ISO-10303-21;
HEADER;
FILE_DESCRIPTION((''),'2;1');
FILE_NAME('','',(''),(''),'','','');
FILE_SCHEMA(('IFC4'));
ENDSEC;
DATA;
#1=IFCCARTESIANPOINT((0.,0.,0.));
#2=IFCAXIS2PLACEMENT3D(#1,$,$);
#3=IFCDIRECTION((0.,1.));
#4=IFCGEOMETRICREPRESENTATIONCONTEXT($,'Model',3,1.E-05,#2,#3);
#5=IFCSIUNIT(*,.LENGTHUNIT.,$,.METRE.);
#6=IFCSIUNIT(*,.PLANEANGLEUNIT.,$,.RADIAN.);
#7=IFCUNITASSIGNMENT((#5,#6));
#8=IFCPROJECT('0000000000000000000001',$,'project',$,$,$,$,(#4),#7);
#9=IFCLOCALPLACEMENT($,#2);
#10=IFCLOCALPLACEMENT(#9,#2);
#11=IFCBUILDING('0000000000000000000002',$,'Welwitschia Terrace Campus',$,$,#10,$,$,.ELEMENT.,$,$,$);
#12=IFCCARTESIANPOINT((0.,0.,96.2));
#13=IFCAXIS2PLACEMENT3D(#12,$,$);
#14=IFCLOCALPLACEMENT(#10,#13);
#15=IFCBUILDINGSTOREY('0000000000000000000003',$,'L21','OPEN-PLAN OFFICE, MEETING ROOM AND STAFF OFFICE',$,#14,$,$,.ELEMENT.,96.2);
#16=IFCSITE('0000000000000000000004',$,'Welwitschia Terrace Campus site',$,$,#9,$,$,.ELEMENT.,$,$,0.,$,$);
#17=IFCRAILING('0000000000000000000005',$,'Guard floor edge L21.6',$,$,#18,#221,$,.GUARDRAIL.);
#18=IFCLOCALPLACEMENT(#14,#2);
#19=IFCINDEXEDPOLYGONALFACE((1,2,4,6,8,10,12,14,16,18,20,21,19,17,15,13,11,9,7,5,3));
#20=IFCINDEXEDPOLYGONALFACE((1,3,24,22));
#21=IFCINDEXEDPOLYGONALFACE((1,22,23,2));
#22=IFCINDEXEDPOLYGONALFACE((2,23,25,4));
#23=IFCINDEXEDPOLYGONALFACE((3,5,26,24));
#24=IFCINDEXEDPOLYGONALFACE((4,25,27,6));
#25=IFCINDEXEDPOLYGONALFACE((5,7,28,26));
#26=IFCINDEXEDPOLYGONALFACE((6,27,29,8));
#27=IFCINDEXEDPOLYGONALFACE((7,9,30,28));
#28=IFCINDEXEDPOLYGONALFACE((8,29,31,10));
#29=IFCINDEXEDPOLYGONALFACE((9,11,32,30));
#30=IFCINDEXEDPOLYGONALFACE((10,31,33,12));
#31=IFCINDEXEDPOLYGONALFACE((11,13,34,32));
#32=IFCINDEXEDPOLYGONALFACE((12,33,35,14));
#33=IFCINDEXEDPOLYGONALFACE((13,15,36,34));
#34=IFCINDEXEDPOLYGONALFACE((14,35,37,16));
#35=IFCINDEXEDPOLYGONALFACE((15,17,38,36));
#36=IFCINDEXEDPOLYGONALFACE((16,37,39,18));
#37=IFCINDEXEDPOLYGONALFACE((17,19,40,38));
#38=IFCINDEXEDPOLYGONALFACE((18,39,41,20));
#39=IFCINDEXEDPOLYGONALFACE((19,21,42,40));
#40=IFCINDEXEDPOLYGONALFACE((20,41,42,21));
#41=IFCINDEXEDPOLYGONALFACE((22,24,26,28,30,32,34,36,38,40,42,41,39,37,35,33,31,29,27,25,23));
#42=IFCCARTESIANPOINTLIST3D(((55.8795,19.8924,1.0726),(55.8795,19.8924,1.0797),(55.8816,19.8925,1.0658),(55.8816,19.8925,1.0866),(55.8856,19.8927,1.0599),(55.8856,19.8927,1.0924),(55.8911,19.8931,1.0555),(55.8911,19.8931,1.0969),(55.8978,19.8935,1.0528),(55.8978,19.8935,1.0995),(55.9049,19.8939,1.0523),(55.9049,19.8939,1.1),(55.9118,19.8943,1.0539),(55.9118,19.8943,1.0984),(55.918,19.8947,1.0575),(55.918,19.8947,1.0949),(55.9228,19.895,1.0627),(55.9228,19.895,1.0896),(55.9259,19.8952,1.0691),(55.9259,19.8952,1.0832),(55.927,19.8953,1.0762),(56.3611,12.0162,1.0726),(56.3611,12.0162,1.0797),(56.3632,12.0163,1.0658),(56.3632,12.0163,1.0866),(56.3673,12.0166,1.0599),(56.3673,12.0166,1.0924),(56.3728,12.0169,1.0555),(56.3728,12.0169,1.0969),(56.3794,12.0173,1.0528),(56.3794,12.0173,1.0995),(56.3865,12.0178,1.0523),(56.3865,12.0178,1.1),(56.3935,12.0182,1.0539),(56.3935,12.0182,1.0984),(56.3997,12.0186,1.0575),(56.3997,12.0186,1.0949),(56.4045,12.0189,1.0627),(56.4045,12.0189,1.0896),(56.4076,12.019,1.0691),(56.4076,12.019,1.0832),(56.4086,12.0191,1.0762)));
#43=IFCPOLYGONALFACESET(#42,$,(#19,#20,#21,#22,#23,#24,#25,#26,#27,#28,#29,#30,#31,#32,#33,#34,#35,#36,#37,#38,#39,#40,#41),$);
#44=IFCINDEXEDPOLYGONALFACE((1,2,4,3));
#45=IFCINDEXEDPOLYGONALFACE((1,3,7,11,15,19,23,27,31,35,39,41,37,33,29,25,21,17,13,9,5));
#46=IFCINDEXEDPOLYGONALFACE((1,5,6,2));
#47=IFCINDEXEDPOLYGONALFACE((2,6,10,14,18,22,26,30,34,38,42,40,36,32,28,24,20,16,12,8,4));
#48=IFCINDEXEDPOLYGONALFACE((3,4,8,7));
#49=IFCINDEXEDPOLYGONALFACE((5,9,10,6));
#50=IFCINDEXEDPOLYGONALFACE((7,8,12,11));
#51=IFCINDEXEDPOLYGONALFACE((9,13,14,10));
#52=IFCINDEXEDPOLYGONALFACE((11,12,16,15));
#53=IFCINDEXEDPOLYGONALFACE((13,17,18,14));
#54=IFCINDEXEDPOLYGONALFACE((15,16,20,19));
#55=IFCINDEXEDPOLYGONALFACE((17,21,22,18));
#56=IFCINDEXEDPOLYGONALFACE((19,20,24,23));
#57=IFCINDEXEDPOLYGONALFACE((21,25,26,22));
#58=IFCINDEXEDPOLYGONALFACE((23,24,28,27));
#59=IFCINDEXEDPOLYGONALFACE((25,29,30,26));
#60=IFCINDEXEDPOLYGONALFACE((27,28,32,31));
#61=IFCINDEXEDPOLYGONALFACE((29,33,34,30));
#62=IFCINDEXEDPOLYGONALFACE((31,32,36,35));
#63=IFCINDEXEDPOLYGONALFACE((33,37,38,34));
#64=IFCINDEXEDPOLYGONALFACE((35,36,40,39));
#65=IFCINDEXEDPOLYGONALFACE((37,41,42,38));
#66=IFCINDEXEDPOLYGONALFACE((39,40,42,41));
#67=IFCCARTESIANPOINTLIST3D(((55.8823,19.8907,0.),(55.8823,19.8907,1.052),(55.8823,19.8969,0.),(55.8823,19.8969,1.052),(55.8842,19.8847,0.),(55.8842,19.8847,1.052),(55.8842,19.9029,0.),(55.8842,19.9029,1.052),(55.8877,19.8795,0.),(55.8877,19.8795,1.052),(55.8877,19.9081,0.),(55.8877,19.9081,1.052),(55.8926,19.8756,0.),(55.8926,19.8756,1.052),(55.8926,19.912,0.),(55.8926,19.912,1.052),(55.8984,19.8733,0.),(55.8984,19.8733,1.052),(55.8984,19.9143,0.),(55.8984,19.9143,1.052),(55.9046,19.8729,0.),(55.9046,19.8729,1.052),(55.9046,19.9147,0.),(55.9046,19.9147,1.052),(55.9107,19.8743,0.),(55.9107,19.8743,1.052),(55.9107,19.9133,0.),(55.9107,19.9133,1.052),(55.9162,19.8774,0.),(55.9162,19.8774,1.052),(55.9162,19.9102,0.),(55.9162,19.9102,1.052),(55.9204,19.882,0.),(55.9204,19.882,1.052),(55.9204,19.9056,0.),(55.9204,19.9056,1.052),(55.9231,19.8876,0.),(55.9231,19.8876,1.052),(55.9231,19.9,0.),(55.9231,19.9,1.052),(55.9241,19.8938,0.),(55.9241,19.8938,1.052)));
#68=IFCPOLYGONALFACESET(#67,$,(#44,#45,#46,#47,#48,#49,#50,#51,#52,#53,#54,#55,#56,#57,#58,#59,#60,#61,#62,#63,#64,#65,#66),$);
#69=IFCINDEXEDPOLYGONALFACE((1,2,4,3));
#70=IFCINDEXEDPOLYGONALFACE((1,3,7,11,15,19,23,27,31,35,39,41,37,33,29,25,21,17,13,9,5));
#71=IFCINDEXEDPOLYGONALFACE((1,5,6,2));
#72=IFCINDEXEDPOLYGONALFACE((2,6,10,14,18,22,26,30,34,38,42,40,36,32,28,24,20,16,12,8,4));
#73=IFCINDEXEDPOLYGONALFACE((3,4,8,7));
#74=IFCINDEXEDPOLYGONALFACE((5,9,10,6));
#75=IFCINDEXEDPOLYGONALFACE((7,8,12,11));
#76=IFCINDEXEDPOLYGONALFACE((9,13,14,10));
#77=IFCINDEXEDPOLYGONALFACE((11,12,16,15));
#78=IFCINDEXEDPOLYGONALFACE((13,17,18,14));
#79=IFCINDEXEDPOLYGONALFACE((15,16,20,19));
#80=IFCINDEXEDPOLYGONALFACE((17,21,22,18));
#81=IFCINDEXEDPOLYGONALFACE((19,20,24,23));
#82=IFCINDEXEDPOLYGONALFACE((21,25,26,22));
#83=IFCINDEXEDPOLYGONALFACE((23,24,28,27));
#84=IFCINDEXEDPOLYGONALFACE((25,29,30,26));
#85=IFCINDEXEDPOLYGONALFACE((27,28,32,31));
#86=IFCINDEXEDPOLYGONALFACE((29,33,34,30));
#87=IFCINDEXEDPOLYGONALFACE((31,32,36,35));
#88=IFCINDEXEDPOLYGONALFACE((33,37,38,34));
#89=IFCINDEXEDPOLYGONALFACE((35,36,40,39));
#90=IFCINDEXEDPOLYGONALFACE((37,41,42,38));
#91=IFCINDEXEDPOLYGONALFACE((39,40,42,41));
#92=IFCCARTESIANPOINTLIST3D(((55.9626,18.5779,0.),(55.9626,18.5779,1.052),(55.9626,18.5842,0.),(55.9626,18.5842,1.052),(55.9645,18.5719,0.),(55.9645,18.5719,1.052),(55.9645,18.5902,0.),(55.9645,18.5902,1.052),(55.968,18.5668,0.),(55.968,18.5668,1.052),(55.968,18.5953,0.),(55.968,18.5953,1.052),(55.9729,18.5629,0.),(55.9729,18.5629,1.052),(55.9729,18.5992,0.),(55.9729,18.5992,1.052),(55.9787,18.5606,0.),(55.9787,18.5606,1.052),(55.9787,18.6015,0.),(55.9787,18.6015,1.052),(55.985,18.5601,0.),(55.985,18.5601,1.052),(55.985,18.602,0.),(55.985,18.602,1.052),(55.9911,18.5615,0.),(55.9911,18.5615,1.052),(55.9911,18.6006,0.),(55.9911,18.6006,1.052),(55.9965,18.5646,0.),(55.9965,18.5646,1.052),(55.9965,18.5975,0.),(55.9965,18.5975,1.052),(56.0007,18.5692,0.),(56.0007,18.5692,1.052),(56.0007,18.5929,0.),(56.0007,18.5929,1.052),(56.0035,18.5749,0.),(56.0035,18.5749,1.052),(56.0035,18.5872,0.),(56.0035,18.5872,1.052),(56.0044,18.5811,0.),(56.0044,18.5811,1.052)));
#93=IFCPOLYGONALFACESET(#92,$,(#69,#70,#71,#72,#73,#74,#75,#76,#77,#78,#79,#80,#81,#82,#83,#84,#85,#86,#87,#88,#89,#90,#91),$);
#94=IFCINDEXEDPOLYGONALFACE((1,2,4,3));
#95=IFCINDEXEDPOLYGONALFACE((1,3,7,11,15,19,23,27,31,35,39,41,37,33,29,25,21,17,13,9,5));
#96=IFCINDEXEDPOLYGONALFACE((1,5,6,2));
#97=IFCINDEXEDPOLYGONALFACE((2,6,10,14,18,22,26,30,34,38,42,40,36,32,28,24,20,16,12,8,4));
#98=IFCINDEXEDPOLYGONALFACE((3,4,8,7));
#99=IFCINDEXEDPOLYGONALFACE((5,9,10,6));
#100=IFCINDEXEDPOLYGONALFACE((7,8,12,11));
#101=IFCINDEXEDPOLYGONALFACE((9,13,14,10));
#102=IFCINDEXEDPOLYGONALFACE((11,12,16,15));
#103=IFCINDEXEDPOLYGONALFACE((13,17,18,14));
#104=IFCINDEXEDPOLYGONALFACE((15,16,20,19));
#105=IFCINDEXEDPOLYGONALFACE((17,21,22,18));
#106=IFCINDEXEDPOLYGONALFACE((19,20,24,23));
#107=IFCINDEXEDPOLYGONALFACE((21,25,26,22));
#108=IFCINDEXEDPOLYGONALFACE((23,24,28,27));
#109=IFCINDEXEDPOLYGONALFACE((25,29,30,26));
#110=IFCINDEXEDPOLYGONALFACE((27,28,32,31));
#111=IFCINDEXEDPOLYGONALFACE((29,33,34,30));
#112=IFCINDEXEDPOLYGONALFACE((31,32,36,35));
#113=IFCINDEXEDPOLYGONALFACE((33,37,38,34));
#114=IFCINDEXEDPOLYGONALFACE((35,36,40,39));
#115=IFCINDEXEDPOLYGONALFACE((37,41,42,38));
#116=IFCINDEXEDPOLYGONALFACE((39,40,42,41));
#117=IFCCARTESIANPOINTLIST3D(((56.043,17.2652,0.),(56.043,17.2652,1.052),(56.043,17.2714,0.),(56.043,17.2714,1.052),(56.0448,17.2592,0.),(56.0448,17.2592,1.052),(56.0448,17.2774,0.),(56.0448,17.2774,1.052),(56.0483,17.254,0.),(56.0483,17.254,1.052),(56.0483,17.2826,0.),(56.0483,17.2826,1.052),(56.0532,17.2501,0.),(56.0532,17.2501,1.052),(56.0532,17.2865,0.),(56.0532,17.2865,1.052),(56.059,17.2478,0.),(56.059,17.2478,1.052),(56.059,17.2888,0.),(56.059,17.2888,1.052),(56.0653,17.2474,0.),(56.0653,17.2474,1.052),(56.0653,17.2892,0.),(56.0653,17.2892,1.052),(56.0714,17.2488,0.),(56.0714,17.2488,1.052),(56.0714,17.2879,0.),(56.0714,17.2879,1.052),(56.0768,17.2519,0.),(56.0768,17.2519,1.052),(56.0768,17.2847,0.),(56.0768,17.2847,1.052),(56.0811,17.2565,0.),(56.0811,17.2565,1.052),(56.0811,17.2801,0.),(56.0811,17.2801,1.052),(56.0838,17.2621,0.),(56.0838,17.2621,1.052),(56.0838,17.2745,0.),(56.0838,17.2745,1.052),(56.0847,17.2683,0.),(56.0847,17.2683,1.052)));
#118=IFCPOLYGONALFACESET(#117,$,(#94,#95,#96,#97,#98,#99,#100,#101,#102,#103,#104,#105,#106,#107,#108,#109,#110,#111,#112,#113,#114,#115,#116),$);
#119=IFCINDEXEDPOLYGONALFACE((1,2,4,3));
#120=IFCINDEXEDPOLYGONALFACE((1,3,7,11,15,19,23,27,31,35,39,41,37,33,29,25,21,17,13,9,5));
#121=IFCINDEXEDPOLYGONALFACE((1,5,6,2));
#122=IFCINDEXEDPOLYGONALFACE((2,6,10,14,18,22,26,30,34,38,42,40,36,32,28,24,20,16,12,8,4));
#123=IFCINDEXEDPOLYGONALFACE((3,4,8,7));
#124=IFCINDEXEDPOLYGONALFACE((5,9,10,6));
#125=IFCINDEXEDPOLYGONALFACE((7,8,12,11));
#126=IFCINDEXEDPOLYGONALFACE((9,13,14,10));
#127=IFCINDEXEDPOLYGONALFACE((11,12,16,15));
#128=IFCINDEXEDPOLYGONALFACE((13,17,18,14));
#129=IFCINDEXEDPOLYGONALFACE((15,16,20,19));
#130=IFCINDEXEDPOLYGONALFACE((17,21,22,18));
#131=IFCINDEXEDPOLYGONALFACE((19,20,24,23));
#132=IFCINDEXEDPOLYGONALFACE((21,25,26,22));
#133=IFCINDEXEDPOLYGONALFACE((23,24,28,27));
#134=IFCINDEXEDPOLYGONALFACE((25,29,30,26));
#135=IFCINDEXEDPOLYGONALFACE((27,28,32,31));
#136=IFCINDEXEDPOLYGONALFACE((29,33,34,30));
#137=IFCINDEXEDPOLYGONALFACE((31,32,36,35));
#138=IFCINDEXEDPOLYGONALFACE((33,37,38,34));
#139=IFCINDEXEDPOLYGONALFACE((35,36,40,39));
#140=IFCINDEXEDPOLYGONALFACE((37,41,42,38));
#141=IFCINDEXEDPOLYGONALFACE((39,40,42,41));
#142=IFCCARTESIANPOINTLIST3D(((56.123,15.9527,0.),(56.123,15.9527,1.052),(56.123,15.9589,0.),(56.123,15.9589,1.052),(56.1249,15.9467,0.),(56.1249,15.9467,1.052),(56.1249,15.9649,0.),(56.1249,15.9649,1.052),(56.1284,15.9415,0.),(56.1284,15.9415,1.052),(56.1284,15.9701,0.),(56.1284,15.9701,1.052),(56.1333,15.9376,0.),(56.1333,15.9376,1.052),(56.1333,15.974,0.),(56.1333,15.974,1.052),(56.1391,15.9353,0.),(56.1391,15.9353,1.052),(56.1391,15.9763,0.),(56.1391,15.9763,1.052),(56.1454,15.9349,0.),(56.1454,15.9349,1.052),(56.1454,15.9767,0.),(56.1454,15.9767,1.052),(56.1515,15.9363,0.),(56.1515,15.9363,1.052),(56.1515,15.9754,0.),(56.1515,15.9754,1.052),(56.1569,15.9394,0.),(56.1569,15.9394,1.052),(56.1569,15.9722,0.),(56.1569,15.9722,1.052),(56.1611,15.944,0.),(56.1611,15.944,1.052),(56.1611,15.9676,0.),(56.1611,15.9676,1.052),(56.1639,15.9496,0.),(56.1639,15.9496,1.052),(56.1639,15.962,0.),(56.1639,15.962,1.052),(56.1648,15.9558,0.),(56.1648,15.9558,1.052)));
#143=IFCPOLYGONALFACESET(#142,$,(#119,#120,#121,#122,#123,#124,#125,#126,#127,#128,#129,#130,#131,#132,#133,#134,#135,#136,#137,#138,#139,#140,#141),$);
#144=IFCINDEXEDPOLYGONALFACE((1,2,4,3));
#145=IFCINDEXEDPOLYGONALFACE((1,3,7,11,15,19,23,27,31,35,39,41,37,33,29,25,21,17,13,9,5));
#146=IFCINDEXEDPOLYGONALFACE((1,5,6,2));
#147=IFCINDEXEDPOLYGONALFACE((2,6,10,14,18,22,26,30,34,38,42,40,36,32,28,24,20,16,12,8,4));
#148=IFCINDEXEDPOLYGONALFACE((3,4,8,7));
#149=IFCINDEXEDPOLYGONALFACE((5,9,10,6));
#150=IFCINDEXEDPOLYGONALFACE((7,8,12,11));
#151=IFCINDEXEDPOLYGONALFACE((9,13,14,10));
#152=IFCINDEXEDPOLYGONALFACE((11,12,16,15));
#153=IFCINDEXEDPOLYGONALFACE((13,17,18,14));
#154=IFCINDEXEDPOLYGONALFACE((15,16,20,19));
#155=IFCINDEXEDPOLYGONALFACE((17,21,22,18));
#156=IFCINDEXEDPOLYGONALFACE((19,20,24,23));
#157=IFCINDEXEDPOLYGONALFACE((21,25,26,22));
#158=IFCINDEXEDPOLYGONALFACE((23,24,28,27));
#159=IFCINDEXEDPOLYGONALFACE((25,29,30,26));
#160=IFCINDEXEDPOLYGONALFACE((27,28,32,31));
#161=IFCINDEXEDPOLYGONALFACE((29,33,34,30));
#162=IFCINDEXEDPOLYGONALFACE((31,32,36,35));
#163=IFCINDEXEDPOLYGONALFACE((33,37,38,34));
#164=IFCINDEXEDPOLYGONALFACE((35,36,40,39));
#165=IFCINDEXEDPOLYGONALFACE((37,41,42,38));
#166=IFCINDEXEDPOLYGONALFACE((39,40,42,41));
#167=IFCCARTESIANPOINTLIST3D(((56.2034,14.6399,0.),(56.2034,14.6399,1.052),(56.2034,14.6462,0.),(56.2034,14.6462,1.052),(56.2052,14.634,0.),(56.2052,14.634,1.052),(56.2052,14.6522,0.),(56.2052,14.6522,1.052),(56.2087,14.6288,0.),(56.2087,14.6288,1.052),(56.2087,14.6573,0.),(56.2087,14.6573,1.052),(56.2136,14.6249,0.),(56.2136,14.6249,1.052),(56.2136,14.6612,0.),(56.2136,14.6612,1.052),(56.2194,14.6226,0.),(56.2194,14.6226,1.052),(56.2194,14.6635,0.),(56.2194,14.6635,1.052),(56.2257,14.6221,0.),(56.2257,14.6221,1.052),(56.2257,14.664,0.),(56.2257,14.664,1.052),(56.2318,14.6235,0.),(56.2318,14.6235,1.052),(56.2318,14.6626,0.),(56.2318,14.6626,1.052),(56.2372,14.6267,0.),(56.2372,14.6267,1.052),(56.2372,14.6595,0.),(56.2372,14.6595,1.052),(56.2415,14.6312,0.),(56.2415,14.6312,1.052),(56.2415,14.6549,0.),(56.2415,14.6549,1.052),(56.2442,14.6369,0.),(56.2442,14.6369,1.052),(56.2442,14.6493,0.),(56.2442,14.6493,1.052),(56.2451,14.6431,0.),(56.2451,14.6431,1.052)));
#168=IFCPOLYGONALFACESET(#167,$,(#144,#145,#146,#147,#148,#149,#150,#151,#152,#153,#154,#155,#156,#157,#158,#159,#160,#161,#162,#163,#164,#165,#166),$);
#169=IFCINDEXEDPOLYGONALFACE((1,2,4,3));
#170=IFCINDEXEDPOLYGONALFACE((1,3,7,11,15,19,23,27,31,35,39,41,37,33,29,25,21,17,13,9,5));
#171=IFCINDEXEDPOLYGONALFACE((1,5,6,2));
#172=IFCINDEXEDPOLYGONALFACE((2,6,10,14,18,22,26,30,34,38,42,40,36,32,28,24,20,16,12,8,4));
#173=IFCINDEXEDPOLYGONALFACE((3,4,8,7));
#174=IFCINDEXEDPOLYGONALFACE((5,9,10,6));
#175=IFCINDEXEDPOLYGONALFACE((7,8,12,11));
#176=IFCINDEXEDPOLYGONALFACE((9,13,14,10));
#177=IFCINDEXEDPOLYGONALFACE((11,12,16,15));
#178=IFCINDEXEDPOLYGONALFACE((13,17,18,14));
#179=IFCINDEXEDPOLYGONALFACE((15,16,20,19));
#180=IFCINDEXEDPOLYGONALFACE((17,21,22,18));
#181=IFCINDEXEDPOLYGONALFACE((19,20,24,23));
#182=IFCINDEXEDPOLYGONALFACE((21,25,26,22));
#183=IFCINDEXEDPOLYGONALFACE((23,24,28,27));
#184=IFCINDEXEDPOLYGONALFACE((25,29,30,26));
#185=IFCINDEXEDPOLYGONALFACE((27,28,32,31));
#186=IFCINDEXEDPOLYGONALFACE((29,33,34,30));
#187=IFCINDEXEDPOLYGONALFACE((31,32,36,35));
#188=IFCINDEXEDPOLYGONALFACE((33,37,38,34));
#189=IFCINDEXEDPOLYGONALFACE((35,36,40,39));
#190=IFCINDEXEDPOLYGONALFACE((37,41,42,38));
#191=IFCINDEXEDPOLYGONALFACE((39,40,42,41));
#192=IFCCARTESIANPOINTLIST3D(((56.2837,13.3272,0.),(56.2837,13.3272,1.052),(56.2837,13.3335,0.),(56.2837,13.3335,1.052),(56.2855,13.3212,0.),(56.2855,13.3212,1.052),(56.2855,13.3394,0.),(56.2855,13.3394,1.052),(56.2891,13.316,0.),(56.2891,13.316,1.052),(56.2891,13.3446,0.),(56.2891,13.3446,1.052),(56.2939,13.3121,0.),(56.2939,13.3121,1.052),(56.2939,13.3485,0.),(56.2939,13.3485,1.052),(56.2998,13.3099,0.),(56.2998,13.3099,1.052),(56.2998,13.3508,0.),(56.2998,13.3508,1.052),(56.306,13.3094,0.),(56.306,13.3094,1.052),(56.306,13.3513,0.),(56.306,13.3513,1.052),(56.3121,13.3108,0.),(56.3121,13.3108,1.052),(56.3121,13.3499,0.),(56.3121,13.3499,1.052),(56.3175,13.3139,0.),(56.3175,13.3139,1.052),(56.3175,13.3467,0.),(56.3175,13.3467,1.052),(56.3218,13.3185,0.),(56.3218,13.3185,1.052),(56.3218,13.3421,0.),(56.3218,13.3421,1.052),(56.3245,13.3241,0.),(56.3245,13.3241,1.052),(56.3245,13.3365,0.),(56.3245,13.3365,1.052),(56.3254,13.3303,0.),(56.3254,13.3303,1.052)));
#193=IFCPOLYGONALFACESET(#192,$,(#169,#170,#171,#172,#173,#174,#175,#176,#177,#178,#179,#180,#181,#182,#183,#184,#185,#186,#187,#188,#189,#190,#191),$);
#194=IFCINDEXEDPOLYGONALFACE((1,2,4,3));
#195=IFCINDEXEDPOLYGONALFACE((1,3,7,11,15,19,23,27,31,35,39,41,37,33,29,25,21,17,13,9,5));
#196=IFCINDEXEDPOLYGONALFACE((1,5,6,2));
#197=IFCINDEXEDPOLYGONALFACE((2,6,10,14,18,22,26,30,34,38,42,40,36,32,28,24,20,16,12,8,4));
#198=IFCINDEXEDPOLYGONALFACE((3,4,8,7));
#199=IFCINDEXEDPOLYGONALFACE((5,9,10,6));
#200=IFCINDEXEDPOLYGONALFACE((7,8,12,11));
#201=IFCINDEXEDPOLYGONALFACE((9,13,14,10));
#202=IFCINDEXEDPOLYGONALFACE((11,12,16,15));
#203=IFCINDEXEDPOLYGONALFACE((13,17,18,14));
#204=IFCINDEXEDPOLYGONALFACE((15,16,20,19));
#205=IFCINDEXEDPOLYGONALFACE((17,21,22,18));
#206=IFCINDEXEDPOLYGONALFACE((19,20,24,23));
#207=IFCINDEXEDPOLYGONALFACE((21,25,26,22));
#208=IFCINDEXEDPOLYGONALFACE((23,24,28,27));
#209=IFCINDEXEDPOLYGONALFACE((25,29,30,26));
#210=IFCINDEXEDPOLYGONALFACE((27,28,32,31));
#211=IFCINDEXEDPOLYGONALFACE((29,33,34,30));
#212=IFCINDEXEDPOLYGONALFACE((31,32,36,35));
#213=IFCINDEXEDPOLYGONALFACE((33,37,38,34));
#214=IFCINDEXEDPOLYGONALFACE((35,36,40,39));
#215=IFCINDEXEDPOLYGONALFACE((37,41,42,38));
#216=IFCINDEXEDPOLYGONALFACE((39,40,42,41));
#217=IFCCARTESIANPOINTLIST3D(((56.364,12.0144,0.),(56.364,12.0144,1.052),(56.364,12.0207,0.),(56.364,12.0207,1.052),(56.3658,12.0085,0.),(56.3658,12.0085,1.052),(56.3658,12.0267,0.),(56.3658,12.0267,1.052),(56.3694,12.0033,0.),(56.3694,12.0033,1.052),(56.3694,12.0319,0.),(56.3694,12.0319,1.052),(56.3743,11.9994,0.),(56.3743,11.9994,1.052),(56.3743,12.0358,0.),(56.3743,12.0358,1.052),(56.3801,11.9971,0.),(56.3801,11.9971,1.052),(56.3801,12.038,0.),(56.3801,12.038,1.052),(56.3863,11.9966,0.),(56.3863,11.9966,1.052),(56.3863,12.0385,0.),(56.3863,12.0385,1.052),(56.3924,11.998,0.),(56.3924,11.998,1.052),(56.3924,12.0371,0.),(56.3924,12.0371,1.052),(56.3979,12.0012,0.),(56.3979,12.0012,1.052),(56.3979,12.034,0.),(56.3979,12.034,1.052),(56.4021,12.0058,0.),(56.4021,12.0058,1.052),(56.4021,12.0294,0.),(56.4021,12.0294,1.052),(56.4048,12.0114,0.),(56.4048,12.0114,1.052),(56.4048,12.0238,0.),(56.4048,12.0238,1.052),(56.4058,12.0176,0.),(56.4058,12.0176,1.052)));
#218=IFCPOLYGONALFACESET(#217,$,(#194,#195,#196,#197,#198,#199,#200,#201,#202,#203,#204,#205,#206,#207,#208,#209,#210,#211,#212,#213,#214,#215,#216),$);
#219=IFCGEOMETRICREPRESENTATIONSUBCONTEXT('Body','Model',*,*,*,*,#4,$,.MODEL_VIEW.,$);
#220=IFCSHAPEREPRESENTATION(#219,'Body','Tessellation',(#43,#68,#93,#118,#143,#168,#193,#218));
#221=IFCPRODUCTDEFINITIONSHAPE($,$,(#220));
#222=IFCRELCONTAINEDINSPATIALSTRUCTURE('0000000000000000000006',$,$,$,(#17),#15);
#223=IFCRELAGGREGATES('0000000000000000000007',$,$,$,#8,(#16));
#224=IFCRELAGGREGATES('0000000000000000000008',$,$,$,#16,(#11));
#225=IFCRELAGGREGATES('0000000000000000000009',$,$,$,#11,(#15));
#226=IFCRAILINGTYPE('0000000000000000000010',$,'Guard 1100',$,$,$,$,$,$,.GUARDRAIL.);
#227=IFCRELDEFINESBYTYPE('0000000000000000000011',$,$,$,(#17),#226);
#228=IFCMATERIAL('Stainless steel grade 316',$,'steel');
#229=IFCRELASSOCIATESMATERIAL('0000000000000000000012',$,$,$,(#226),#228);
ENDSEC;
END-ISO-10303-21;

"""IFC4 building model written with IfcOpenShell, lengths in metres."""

from ifc_helpers import new_model, si_unit, direction, frame, origin, origin_2d, place, context, subcontext, project, spatial, circle, extrude, material, type_object, element, save


model = new_model("IFC4")

# Units and contexts
model_context = context("Model", 3, precision=1e-05, world=origin(), true_north=direction((0.0, 1.0)))
body_context = subcontext(model_context, "Body", "Model", "MODEL_VIEW")
ifc_project = project(units=[si_unit("LENGTHUNIT", "METRE"), si_unit("PLANEANGLEUNIT", "RADIAN")], contexts=[model_context])

# Site, building, storey
site_placement = place(None, origin())
site = spatial("IfcSite", under=ifc_project, at=site_placement, Name="Welwitschia Terrace Campus site", CompositionType="ELEMENT", RefElevation=0.0)
building_placement = place(site_placement, origin())
building = spatial("IfcBuilding", under=site, at=building_placement, Name="Welwitschia Terrace Campus", CompositionType="ELEMENT")
storey_placement = place(building_placement, frame((0.0, 0.0, 96.2)))
storey = spatial("IfcBuildingStorey", under=building, at=storey_placement, Name="L21", Description="OPEN-PLAN OFFICE, MEETING ROOM AND STAFF OFFICE", CompositionType="ELEMENT", Elevation=96.2)

# Railing
ifc_material_1 = material(Name="Stainless steel grade 316", Category="steel")
railing_type = type_object("IfcRailingType", Name="Guard 1100", PredefinedType="GUARDRAIL", material=ifc_material_1)
railing_1_placement = place(storey_placement, frame((55.9031, 19.8938, 0.0)))
element("IfcRailing", 1, at=railing_1_placement, inside=storey, type_object=railing_type, Name="Guard floor edge L21.6", PredefinedType="GUARDRAIL", context=body_context, shape_type="SweptSolid", body=[
    extrude(circle(Radius=0.0239, at=origin_2d()), frame((0.0, 0.0, 1.0762), z_axis=(0.061043, -0.998135, 0.0), x_axis=(0.998135, 0.061043, 0.0)), (0.0, 0.0, 1.0), 7.8909),
    extrude(circle(Radius=0.021, at=origin_2d()), origin(), (0.0, 0.0, 1.0), 1.052),
    extrude(circle(Radius=0.021, at=origin_2d()), frame((0.0803, -1.3127, 0.0)), (0.0, 0.0, 1.0), 1.052),
    extrude(circle(Radius=0.021, at=origin_2d()), frame((0.1606, -2.6255, 0.0)), (0.0, 0.0, 1.0), 1.052),
    extrude(circle(Radius=0.021, at=origin_2d()), frame((0.2407, -3.938, 0.0)), (0.0, 0.0, 1.0), 1.052),
    extrude(circle(Radius=0.021, at=origin_2d()), frame((0.321, -5.2507, 0.0)), (0.0, 0.0, 1.0), 1.052),
    extrude(circle(Radius=0.021, at=origin_2d()), frame((0.4014, -6.5635, 0.0)), (0.0, 0.0, 1.0), 1.052),
    extrude(circle(Radius=0.021, at=origin_2d()), frame((0.4817, -7.8762, 0.0)), (0.0, 0.0, 1.0), 1.052),
])

save(model, "model.ifc")
